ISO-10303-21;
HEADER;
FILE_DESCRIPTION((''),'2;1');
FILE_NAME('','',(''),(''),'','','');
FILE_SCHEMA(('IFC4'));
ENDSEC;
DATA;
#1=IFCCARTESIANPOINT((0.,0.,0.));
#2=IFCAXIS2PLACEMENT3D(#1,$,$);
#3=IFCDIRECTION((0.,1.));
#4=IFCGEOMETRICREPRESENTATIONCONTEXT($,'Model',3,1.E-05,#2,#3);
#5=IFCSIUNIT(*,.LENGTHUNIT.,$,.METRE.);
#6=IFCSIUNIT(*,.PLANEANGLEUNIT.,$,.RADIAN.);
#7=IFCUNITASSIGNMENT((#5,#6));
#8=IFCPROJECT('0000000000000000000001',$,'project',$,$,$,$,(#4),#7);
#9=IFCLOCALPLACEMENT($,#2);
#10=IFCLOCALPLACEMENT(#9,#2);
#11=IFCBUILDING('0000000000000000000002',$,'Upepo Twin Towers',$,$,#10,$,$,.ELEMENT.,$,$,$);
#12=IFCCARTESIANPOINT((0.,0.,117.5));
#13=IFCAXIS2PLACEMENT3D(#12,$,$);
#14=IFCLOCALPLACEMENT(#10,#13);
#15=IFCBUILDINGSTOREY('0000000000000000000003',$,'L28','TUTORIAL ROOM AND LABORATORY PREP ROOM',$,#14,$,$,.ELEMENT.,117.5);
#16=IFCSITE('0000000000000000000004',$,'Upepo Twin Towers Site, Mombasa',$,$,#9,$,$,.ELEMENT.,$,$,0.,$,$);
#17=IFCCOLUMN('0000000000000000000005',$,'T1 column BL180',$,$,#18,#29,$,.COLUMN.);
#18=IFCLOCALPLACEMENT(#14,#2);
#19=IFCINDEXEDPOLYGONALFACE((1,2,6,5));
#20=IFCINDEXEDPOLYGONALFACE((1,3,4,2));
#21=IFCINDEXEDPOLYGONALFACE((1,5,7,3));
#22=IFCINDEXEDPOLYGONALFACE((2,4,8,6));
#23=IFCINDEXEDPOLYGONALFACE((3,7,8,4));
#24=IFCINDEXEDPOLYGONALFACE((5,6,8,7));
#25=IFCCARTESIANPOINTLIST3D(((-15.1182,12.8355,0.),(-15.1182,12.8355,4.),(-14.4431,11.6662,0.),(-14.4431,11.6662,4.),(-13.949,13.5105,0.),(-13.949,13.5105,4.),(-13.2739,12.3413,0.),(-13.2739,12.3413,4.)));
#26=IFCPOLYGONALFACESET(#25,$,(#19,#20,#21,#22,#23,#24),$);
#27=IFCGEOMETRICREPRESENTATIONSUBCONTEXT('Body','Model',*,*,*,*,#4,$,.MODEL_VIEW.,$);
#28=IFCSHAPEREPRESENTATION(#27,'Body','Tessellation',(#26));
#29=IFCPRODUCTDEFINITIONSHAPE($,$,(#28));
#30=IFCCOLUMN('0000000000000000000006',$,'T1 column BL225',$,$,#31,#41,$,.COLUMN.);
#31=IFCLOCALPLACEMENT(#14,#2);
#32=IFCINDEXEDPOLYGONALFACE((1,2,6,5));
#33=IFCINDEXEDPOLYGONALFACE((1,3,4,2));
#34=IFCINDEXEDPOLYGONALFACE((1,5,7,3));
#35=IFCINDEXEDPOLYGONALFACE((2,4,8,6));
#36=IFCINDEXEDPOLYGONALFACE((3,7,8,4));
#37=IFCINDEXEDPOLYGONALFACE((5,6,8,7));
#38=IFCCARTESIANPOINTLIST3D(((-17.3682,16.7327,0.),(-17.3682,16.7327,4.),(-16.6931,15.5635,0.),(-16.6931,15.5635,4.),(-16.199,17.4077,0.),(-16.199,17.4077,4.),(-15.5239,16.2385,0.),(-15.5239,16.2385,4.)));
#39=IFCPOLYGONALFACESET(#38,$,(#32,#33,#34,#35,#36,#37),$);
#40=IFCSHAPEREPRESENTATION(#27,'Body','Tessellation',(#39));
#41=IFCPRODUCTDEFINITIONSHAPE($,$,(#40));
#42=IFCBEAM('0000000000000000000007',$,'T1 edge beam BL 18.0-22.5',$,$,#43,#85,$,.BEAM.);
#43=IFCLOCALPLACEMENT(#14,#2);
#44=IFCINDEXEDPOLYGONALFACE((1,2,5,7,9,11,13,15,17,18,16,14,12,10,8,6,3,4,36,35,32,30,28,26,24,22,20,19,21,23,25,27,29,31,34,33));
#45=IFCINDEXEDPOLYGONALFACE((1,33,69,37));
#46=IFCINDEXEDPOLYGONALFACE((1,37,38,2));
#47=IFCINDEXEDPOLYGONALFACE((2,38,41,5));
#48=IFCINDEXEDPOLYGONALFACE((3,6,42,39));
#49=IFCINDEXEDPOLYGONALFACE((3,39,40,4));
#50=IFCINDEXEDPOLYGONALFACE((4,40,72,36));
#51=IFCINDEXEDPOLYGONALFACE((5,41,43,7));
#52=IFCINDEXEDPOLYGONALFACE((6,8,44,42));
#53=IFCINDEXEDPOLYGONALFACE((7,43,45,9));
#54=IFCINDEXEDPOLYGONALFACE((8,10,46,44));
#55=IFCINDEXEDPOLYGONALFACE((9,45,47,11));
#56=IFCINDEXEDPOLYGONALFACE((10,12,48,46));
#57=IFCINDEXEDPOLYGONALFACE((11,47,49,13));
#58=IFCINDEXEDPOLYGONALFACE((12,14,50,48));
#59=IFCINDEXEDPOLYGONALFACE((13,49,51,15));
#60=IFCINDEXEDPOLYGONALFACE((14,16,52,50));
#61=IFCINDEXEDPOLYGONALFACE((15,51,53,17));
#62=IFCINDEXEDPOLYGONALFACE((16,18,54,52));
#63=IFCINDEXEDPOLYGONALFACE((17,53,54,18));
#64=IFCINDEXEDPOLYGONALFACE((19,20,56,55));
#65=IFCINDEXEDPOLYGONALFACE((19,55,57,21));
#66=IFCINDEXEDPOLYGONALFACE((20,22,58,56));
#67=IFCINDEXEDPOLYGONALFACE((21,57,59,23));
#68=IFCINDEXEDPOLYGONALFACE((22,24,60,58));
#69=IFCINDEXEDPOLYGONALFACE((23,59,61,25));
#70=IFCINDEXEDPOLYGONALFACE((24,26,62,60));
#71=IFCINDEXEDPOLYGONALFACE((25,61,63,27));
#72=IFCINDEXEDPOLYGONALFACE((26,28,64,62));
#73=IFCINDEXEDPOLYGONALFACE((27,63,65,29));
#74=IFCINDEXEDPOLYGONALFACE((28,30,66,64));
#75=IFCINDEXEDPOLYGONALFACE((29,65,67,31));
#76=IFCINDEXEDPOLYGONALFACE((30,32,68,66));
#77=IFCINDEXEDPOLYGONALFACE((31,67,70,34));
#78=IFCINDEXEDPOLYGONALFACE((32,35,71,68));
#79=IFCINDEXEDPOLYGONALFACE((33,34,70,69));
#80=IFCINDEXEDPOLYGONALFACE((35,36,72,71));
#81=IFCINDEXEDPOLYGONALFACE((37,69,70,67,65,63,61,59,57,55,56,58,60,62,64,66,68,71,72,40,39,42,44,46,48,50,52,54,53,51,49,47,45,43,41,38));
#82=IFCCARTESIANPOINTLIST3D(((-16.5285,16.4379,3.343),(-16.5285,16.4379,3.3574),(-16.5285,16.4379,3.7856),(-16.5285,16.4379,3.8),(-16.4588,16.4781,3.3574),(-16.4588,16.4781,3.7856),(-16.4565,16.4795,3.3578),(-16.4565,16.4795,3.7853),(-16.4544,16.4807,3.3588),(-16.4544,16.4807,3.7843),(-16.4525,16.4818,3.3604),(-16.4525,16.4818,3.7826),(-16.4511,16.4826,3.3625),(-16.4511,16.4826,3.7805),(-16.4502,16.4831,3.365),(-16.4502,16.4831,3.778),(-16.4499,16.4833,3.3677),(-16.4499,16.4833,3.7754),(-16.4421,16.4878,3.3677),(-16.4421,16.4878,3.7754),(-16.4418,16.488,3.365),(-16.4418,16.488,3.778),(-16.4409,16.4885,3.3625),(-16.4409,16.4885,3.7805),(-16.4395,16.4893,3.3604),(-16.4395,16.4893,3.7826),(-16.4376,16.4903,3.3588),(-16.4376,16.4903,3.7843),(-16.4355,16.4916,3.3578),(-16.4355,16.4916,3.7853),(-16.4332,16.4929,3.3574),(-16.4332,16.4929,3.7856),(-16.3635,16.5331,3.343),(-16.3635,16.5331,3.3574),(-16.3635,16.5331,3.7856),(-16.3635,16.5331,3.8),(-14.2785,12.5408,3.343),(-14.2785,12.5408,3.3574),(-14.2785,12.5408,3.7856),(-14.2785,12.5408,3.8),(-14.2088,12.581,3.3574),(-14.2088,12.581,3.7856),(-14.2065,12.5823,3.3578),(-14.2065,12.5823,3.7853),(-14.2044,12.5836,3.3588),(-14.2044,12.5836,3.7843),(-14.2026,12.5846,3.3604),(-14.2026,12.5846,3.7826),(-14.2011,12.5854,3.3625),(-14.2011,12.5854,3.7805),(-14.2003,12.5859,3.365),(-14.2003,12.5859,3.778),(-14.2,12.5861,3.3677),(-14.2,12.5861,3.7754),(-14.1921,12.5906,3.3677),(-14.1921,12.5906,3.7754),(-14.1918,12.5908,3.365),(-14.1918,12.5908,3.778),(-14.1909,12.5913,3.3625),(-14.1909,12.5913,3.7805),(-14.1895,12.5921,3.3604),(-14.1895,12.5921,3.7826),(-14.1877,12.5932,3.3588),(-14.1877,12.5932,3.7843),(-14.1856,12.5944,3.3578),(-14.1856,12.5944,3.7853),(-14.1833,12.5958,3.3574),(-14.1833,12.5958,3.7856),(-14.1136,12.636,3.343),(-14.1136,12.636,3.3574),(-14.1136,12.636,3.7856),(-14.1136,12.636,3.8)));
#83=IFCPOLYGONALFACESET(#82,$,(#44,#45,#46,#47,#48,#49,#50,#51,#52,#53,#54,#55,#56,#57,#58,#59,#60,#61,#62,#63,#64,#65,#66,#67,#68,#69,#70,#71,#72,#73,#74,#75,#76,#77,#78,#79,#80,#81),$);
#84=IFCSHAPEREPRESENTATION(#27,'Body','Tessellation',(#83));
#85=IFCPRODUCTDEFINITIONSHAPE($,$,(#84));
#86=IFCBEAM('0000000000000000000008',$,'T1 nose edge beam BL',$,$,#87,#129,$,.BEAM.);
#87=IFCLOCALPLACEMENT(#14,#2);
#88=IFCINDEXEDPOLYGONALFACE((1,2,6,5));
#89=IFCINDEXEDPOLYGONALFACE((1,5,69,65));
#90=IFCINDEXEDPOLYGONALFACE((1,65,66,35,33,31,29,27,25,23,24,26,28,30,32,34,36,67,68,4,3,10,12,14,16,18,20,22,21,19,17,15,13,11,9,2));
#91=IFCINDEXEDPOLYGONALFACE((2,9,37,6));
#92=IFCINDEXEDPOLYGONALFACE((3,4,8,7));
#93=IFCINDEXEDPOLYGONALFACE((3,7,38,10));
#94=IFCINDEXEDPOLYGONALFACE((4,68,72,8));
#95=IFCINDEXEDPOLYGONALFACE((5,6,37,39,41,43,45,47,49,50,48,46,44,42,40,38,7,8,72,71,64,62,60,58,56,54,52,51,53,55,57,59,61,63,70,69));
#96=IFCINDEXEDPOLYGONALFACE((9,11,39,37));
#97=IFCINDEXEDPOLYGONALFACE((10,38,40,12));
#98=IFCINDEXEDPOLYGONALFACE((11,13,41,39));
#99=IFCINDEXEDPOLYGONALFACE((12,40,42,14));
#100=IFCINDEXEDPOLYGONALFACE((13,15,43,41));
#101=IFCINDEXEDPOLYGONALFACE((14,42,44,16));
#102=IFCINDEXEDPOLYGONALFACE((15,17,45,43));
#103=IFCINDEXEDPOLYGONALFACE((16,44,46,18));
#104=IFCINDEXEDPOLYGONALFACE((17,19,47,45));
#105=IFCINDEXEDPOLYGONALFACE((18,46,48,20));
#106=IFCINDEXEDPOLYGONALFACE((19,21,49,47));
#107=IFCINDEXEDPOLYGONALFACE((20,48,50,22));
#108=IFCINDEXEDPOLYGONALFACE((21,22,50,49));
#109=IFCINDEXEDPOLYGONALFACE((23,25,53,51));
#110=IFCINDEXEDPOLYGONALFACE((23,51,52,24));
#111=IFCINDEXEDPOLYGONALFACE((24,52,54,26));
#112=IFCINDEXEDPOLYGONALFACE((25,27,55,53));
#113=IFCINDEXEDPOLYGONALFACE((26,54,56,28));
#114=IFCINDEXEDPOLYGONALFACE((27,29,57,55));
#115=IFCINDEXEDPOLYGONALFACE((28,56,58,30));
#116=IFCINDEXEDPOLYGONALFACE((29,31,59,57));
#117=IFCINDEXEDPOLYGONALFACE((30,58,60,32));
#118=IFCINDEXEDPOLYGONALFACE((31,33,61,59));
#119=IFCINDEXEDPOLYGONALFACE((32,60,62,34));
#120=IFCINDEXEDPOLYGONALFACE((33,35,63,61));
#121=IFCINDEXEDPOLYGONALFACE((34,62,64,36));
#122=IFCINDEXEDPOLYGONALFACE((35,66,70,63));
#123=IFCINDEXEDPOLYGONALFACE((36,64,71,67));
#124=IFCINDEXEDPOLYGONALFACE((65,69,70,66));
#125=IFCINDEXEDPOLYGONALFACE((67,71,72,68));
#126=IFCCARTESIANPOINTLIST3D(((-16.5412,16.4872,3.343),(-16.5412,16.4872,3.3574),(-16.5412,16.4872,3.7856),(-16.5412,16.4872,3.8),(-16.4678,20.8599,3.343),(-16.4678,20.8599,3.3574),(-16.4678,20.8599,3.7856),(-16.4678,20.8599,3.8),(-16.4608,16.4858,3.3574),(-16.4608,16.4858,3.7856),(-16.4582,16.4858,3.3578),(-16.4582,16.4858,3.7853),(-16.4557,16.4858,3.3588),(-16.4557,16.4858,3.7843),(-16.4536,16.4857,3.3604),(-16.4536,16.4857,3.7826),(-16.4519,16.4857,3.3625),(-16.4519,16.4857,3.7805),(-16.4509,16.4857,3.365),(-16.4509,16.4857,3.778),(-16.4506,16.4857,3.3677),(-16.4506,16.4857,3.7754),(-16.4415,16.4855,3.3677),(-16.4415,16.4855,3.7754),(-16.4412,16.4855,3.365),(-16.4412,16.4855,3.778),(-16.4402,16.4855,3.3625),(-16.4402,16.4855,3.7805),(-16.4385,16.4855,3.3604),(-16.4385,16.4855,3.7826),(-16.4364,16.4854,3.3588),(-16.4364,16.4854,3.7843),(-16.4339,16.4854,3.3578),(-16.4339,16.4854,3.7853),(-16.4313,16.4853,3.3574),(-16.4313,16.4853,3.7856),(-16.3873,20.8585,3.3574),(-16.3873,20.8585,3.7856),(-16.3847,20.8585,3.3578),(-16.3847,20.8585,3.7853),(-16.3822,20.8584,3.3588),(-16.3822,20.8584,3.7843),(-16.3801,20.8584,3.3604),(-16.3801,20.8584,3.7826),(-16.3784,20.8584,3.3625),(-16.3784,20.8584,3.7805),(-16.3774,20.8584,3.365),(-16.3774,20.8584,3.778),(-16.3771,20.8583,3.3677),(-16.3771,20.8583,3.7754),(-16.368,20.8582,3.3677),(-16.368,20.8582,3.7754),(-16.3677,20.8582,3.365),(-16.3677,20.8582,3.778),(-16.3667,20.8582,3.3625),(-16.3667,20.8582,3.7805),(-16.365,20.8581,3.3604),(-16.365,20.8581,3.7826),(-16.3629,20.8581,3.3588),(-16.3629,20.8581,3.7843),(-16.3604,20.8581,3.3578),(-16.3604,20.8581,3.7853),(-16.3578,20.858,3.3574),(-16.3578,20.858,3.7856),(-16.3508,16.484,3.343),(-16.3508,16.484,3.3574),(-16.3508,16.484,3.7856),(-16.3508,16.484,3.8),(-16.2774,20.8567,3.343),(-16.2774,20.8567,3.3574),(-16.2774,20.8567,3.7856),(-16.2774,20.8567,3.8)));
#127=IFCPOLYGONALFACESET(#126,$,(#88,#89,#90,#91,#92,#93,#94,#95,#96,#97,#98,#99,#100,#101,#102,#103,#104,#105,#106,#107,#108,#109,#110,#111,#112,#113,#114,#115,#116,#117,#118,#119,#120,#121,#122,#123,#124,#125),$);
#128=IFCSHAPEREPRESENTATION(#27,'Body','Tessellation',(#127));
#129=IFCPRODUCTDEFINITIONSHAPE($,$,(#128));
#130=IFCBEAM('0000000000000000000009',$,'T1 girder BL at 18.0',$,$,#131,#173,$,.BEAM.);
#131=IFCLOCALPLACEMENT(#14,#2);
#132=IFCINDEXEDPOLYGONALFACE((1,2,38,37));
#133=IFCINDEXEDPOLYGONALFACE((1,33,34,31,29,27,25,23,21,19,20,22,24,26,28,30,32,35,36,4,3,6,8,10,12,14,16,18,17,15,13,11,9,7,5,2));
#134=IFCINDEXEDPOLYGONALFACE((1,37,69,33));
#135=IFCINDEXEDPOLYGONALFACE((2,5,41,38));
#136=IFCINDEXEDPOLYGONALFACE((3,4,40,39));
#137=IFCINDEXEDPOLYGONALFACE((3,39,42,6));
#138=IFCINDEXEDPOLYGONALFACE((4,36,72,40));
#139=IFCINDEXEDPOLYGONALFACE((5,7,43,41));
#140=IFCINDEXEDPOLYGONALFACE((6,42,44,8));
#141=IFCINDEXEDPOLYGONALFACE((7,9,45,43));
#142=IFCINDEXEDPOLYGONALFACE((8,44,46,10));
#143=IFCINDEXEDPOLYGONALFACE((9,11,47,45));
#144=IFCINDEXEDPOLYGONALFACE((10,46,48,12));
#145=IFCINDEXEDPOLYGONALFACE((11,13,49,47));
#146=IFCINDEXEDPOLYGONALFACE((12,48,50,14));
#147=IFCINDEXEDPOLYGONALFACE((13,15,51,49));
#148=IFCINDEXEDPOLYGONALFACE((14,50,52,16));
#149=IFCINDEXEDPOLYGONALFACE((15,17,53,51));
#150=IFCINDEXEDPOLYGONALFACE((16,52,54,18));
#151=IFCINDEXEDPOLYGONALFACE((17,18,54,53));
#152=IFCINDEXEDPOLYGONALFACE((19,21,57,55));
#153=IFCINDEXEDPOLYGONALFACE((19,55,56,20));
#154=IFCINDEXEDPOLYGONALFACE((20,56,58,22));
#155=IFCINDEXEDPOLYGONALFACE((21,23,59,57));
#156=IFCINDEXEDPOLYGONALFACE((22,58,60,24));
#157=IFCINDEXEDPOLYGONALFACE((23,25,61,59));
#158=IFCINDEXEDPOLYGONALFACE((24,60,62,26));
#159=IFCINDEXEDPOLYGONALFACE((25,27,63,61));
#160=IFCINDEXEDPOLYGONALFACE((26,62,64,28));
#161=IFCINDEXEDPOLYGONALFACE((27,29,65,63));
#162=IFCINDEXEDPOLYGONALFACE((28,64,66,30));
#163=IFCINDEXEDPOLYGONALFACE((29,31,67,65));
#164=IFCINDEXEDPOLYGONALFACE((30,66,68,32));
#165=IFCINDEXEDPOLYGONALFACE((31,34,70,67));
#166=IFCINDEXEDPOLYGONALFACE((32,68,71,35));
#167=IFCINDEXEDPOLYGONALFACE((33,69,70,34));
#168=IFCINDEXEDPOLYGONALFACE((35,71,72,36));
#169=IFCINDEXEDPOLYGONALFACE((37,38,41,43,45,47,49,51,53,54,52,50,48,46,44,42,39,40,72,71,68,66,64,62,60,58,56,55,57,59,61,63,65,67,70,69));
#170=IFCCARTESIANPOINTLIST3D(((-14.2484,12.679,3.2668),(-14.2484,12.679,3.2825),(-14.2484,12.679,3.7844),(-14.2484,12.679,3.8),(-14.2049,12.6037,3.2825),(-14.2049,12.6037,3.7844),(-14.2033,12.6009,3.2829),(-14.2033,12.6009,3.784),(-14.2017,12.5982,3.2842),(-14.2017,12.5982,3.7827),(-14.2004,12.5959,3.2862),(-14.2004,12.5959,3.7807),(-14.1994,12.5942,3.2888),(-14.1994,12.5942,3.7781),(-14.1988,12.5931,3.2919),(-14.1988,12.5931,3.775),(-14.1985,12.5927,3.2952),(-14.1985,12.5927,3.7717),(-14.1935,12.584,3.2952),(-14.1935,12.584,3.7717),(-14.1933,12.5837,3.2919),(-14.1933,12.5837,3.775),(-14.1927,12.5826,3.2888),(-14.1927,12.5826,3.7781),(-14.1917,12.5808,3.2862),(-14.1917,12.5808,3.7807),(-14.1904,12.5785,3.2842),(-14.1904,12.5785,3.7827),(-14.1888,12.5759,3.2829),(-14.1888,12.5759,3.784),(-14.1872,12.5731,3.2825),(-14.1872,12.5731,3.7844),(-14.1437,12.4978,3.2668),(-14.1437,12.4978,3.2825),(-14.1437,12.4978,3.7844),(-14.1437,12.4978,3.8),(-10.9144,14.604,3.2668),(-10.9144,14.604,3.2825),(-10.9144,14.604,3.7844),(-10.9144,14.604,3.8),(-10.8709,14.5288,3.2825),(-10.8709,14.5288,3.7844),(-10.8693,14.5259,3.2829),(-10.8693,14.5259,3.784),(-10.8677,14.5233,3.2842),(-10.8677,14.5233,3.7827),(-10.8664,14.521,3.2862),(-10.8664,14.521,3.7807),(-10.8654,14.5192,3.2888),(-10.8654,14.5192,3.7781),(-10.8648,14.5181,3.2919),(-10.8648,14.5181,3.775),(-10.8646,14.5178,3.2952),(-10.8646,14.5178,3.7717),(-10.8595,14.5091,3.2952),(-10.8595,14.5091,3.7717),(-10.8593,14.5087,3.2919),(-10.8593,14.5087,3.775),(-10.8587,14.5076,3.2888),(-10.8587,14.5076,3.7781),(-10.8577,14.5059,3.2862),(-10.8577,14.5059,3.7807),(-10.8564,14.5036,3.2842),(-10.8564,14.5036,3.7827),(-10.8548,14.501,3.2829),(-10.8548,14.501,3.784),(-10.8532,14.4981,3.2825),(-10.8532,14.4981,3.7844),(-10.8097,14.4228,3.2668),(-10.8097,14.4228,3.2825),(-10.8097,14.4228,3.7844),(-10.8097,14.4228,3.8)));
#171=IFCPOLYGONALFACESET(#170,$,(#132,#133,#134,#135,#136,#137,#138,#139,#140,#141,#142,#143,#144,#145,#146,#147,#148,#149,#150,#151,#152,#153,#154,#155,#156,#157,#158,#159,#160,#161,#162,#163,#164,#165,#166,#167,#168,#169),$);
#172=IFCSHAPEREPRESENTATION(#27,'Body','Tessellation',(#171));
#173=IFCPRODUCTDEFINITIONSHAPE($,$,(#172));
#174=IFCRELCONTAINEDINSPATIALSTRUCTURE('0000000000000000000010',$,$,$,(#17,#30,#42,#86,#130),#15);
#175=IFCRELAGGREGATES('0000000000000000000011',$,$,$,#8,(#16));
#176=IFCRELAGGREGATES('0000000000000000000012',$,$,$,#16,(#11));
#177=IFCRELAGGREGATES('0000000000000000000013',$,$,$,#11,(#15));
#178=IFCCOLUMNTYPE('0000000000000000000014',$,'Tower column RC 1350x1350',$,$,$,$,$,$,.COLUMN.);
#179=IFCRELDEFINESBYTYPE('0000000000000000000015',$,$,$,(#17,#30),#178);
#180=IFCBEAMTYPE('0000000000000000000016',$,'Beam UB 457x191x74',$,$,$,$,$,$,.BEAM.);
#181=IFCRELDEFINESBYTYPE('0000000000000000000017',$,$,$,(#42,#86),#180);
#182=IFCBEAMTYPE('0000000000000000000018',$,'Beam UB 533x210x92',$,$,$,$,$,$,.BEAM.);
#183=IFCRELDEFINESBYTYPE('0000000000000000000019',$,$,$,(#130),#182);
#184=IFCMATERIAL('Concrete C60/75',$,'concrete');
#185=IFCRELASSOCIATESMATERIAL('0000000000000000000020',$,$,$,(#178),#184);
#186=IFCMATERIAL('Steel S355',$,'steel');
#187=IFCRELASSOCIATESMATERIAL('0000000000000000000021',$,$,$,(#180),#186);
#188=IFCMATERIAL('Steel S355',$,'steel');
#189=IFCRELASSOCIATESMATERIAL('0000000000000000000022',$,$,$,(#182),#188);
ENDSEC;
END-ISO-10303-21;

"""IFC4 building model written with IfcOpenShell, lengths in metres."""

from ifc_helpers import new_model, si_unit, direction, frame, origin, origin_2d, place, context, subcontext, project, spatial, rectangle, i_section, extrude, material, material_profile, profile_set, type_object, element, save


model = new_model("IFC4")

# Units and contexts
model_context = context("Model", 3, precision=1e-05, world=origin(), true_north=direction((0.0, 1.0)))
body_context = subcontext(model_context, "Body", "Model", "MODEL_VIEW")
ifc_project = project(units=[si_unit("LENGTHUNIT", "METRE"), si_unit("PLANEANGLEUNIT", "RADIAN")], contexts=[model_context])

# Site, building, storey
site_placement = place(None, origin())
site = spatial("IfcSite", under=ifc_project, at=site_placement, Name="Upepo Twin Towers Site, Mombasa", CompositionType="ELEMENT", RefElevation=0.0)
building_placement = place(site_placement, origin())
building = spatial("IfcBuilding", under=site, at=building_placement, Name="Upepo Twin Towers", CompositionType="ELEMENT")
storey_placement = place(building_placement, frame((0.0, 0.0, 117.5)))
storey = spatial("IfcBuildingStorey", under=building, at=storey_placement, Name="L28", Description="TUTORIAL ROOM AND LABORATORY PREP ROOM", CompositionType="ELEMENT", Elevation=117.5)

# Columns
ifc_material_1 = material(Name="Concrete C60/75", Category="concrete")
ifc_material_profile_1 = material_profile(ifc_material_1, rectangle(XDim=1.3501, YDim=1.3501, at=origin_2d()), Name="RC 1350x1350")
ifc_profile_set_1 = profile_set([ifc_material_profile_1], Name="Concrete C60/75")
column_type = type_object("IfcColumnType", Name="Tower column RC 1350x1350", PredefinedType="COLUMN", material=ifc_profile_set_1)
for number, where, z_axis, x_axis, name in (
    (1, (-14.196, 12.5884, 0.0), (0.0, 0.0, 1.0), (0.866025, 0.5, 0.0), "T1 column BL180"),
    (2, (-16.446, 16.4856, 0.0), (0.0, 0.0, 1.0), (0.866025, 0.5, 0.0), "T1 column BL225"),
):
    element("IfcColumn", number, at=place(storey_placement, frame(where, z_axis=z_axis, x_axis=x_axis)), inside=storey, type_object=column_type, Name=name, PredefinedType="COLUMN", context=body_context, shape_type="SweptSolid", body=[
        extrude(rectangle(XDim=1.3501, YDim=1.3501, at=origin_2d()), origin(), (0.0, 0.0, 1.0), 4.0),
    ])

# Beams
ifc_material_2 = material(Name="Steel S355", Category="steel")
ifc_material_profile_2 = material_profile(ifc_material_2, i_section(OverallWidth=0.1904, OverallDepth=0.457, WebThickness=0.009, FlangeThickness=0.0144, FilletRadius=0.0103, at=origin_2d()), Name="UB 457x191x74")
ifc_profile_set_2 = profile_set([ifc_material_profile_2], Name="Steel S355")
beam_type_1 = type_object("IfcBeamType", Name="Beam UB 457x191x74", PredefinedType="BEAM", material=ifc_profile_set_2)
beam_1_placement = place(storey_placement, frame((-14.196, 12.5884, 3.5715), z_axis=(-0.49999, 0.866031, 0.0), x_axis=(-0.866031, -0.49999, 0.0)))
element("IfcBeam", 3, at=beam_1_placement, inside=storey, type_object=beam_type_1, Name="T1 edge beam BL 18.0-22.5", PredefinedType="BEAM", context=body_context, shape_type="SweptSolid", body=[
    extrude(i_section(OverallWidth=0.1904, OverallDepth=0.457, WebThickness=0.009, FlangeThickness=0.0144, FilletRadius=0.0103, at=origin_2d()), origin(), (0.0, 0.0, 1.0), 4.5),
])
beam_2_placement = place(storey_placement, frame((-16.446, 16.4856, 3.5715), z_axis=(0.016804, 0.999859, 0.0), x_axis=(-0.999859, 0.016804, 0.0)))
element("IfcBeam", 4, at=beam_2_placement, inside=storey, type_object=beam_type_1, Name="T1 nose edge beam BL", PredefinedType="BEAM", context=body_context, shape_type="SweptSolid", body=[
    extrude(i_section(OverallWidth=0.1904, OverallDepth=0.457, WebThickness=0.009, FlangeThickness=0.0144, FilletRadius=0.0103, at=origin_2d()), origin(), (0.0, 0.0, 1.0), 4.3733),
])
ifc_material_3 = material(Name="Steel S355", Category="steel")
ifc_material_profile_3 = material_profile(ifc_material_3, i_section(OverallWidth=0.2092, OverallDepth=0.5332, WebThickness=0.01, FlangeThickness=0.0156, FilletRadius=0.0127, at=origin_2d()), Name="UB 533x210x92")
ifc_profile_set_3 = profile_set([ifc_material_profile_3], Name="Steel S355")
beam_type_2 = type_object("IfcBeamType", Name="Beam UB 533x210x92", PredefinedType="BEAM", material=ifc_profile_set_3)
for number, where, z_axis, x_axis, name in (
    (5, (-14.196, 12.5884, 3.5334), (0.866006, 0.500034, 0.0), (-0.500034, 0.866006, 0.0), "T1 girder BL at 18.0"),
):
    element("IfcBeam", number, at=place(storey_placement, frame(where, z_axis=z_axis, x_axis=x_axis)), inside=storey, type_object=beam_type_2, Name=name, PredefinedType="BEAM", context=body_context, shape_type="SweptSolid", body=[
        extrude(i_section(OverallWidth=0.2092, OverallDepth=0.5332, WebThickness=0.01, FlangeThickness=0.0156, FilletRadius=0.0127, at=origin_2d()), origin(), (0.0, 0.0, 1.0), 3.8499),
    ])

save(model, "model.ifc")
